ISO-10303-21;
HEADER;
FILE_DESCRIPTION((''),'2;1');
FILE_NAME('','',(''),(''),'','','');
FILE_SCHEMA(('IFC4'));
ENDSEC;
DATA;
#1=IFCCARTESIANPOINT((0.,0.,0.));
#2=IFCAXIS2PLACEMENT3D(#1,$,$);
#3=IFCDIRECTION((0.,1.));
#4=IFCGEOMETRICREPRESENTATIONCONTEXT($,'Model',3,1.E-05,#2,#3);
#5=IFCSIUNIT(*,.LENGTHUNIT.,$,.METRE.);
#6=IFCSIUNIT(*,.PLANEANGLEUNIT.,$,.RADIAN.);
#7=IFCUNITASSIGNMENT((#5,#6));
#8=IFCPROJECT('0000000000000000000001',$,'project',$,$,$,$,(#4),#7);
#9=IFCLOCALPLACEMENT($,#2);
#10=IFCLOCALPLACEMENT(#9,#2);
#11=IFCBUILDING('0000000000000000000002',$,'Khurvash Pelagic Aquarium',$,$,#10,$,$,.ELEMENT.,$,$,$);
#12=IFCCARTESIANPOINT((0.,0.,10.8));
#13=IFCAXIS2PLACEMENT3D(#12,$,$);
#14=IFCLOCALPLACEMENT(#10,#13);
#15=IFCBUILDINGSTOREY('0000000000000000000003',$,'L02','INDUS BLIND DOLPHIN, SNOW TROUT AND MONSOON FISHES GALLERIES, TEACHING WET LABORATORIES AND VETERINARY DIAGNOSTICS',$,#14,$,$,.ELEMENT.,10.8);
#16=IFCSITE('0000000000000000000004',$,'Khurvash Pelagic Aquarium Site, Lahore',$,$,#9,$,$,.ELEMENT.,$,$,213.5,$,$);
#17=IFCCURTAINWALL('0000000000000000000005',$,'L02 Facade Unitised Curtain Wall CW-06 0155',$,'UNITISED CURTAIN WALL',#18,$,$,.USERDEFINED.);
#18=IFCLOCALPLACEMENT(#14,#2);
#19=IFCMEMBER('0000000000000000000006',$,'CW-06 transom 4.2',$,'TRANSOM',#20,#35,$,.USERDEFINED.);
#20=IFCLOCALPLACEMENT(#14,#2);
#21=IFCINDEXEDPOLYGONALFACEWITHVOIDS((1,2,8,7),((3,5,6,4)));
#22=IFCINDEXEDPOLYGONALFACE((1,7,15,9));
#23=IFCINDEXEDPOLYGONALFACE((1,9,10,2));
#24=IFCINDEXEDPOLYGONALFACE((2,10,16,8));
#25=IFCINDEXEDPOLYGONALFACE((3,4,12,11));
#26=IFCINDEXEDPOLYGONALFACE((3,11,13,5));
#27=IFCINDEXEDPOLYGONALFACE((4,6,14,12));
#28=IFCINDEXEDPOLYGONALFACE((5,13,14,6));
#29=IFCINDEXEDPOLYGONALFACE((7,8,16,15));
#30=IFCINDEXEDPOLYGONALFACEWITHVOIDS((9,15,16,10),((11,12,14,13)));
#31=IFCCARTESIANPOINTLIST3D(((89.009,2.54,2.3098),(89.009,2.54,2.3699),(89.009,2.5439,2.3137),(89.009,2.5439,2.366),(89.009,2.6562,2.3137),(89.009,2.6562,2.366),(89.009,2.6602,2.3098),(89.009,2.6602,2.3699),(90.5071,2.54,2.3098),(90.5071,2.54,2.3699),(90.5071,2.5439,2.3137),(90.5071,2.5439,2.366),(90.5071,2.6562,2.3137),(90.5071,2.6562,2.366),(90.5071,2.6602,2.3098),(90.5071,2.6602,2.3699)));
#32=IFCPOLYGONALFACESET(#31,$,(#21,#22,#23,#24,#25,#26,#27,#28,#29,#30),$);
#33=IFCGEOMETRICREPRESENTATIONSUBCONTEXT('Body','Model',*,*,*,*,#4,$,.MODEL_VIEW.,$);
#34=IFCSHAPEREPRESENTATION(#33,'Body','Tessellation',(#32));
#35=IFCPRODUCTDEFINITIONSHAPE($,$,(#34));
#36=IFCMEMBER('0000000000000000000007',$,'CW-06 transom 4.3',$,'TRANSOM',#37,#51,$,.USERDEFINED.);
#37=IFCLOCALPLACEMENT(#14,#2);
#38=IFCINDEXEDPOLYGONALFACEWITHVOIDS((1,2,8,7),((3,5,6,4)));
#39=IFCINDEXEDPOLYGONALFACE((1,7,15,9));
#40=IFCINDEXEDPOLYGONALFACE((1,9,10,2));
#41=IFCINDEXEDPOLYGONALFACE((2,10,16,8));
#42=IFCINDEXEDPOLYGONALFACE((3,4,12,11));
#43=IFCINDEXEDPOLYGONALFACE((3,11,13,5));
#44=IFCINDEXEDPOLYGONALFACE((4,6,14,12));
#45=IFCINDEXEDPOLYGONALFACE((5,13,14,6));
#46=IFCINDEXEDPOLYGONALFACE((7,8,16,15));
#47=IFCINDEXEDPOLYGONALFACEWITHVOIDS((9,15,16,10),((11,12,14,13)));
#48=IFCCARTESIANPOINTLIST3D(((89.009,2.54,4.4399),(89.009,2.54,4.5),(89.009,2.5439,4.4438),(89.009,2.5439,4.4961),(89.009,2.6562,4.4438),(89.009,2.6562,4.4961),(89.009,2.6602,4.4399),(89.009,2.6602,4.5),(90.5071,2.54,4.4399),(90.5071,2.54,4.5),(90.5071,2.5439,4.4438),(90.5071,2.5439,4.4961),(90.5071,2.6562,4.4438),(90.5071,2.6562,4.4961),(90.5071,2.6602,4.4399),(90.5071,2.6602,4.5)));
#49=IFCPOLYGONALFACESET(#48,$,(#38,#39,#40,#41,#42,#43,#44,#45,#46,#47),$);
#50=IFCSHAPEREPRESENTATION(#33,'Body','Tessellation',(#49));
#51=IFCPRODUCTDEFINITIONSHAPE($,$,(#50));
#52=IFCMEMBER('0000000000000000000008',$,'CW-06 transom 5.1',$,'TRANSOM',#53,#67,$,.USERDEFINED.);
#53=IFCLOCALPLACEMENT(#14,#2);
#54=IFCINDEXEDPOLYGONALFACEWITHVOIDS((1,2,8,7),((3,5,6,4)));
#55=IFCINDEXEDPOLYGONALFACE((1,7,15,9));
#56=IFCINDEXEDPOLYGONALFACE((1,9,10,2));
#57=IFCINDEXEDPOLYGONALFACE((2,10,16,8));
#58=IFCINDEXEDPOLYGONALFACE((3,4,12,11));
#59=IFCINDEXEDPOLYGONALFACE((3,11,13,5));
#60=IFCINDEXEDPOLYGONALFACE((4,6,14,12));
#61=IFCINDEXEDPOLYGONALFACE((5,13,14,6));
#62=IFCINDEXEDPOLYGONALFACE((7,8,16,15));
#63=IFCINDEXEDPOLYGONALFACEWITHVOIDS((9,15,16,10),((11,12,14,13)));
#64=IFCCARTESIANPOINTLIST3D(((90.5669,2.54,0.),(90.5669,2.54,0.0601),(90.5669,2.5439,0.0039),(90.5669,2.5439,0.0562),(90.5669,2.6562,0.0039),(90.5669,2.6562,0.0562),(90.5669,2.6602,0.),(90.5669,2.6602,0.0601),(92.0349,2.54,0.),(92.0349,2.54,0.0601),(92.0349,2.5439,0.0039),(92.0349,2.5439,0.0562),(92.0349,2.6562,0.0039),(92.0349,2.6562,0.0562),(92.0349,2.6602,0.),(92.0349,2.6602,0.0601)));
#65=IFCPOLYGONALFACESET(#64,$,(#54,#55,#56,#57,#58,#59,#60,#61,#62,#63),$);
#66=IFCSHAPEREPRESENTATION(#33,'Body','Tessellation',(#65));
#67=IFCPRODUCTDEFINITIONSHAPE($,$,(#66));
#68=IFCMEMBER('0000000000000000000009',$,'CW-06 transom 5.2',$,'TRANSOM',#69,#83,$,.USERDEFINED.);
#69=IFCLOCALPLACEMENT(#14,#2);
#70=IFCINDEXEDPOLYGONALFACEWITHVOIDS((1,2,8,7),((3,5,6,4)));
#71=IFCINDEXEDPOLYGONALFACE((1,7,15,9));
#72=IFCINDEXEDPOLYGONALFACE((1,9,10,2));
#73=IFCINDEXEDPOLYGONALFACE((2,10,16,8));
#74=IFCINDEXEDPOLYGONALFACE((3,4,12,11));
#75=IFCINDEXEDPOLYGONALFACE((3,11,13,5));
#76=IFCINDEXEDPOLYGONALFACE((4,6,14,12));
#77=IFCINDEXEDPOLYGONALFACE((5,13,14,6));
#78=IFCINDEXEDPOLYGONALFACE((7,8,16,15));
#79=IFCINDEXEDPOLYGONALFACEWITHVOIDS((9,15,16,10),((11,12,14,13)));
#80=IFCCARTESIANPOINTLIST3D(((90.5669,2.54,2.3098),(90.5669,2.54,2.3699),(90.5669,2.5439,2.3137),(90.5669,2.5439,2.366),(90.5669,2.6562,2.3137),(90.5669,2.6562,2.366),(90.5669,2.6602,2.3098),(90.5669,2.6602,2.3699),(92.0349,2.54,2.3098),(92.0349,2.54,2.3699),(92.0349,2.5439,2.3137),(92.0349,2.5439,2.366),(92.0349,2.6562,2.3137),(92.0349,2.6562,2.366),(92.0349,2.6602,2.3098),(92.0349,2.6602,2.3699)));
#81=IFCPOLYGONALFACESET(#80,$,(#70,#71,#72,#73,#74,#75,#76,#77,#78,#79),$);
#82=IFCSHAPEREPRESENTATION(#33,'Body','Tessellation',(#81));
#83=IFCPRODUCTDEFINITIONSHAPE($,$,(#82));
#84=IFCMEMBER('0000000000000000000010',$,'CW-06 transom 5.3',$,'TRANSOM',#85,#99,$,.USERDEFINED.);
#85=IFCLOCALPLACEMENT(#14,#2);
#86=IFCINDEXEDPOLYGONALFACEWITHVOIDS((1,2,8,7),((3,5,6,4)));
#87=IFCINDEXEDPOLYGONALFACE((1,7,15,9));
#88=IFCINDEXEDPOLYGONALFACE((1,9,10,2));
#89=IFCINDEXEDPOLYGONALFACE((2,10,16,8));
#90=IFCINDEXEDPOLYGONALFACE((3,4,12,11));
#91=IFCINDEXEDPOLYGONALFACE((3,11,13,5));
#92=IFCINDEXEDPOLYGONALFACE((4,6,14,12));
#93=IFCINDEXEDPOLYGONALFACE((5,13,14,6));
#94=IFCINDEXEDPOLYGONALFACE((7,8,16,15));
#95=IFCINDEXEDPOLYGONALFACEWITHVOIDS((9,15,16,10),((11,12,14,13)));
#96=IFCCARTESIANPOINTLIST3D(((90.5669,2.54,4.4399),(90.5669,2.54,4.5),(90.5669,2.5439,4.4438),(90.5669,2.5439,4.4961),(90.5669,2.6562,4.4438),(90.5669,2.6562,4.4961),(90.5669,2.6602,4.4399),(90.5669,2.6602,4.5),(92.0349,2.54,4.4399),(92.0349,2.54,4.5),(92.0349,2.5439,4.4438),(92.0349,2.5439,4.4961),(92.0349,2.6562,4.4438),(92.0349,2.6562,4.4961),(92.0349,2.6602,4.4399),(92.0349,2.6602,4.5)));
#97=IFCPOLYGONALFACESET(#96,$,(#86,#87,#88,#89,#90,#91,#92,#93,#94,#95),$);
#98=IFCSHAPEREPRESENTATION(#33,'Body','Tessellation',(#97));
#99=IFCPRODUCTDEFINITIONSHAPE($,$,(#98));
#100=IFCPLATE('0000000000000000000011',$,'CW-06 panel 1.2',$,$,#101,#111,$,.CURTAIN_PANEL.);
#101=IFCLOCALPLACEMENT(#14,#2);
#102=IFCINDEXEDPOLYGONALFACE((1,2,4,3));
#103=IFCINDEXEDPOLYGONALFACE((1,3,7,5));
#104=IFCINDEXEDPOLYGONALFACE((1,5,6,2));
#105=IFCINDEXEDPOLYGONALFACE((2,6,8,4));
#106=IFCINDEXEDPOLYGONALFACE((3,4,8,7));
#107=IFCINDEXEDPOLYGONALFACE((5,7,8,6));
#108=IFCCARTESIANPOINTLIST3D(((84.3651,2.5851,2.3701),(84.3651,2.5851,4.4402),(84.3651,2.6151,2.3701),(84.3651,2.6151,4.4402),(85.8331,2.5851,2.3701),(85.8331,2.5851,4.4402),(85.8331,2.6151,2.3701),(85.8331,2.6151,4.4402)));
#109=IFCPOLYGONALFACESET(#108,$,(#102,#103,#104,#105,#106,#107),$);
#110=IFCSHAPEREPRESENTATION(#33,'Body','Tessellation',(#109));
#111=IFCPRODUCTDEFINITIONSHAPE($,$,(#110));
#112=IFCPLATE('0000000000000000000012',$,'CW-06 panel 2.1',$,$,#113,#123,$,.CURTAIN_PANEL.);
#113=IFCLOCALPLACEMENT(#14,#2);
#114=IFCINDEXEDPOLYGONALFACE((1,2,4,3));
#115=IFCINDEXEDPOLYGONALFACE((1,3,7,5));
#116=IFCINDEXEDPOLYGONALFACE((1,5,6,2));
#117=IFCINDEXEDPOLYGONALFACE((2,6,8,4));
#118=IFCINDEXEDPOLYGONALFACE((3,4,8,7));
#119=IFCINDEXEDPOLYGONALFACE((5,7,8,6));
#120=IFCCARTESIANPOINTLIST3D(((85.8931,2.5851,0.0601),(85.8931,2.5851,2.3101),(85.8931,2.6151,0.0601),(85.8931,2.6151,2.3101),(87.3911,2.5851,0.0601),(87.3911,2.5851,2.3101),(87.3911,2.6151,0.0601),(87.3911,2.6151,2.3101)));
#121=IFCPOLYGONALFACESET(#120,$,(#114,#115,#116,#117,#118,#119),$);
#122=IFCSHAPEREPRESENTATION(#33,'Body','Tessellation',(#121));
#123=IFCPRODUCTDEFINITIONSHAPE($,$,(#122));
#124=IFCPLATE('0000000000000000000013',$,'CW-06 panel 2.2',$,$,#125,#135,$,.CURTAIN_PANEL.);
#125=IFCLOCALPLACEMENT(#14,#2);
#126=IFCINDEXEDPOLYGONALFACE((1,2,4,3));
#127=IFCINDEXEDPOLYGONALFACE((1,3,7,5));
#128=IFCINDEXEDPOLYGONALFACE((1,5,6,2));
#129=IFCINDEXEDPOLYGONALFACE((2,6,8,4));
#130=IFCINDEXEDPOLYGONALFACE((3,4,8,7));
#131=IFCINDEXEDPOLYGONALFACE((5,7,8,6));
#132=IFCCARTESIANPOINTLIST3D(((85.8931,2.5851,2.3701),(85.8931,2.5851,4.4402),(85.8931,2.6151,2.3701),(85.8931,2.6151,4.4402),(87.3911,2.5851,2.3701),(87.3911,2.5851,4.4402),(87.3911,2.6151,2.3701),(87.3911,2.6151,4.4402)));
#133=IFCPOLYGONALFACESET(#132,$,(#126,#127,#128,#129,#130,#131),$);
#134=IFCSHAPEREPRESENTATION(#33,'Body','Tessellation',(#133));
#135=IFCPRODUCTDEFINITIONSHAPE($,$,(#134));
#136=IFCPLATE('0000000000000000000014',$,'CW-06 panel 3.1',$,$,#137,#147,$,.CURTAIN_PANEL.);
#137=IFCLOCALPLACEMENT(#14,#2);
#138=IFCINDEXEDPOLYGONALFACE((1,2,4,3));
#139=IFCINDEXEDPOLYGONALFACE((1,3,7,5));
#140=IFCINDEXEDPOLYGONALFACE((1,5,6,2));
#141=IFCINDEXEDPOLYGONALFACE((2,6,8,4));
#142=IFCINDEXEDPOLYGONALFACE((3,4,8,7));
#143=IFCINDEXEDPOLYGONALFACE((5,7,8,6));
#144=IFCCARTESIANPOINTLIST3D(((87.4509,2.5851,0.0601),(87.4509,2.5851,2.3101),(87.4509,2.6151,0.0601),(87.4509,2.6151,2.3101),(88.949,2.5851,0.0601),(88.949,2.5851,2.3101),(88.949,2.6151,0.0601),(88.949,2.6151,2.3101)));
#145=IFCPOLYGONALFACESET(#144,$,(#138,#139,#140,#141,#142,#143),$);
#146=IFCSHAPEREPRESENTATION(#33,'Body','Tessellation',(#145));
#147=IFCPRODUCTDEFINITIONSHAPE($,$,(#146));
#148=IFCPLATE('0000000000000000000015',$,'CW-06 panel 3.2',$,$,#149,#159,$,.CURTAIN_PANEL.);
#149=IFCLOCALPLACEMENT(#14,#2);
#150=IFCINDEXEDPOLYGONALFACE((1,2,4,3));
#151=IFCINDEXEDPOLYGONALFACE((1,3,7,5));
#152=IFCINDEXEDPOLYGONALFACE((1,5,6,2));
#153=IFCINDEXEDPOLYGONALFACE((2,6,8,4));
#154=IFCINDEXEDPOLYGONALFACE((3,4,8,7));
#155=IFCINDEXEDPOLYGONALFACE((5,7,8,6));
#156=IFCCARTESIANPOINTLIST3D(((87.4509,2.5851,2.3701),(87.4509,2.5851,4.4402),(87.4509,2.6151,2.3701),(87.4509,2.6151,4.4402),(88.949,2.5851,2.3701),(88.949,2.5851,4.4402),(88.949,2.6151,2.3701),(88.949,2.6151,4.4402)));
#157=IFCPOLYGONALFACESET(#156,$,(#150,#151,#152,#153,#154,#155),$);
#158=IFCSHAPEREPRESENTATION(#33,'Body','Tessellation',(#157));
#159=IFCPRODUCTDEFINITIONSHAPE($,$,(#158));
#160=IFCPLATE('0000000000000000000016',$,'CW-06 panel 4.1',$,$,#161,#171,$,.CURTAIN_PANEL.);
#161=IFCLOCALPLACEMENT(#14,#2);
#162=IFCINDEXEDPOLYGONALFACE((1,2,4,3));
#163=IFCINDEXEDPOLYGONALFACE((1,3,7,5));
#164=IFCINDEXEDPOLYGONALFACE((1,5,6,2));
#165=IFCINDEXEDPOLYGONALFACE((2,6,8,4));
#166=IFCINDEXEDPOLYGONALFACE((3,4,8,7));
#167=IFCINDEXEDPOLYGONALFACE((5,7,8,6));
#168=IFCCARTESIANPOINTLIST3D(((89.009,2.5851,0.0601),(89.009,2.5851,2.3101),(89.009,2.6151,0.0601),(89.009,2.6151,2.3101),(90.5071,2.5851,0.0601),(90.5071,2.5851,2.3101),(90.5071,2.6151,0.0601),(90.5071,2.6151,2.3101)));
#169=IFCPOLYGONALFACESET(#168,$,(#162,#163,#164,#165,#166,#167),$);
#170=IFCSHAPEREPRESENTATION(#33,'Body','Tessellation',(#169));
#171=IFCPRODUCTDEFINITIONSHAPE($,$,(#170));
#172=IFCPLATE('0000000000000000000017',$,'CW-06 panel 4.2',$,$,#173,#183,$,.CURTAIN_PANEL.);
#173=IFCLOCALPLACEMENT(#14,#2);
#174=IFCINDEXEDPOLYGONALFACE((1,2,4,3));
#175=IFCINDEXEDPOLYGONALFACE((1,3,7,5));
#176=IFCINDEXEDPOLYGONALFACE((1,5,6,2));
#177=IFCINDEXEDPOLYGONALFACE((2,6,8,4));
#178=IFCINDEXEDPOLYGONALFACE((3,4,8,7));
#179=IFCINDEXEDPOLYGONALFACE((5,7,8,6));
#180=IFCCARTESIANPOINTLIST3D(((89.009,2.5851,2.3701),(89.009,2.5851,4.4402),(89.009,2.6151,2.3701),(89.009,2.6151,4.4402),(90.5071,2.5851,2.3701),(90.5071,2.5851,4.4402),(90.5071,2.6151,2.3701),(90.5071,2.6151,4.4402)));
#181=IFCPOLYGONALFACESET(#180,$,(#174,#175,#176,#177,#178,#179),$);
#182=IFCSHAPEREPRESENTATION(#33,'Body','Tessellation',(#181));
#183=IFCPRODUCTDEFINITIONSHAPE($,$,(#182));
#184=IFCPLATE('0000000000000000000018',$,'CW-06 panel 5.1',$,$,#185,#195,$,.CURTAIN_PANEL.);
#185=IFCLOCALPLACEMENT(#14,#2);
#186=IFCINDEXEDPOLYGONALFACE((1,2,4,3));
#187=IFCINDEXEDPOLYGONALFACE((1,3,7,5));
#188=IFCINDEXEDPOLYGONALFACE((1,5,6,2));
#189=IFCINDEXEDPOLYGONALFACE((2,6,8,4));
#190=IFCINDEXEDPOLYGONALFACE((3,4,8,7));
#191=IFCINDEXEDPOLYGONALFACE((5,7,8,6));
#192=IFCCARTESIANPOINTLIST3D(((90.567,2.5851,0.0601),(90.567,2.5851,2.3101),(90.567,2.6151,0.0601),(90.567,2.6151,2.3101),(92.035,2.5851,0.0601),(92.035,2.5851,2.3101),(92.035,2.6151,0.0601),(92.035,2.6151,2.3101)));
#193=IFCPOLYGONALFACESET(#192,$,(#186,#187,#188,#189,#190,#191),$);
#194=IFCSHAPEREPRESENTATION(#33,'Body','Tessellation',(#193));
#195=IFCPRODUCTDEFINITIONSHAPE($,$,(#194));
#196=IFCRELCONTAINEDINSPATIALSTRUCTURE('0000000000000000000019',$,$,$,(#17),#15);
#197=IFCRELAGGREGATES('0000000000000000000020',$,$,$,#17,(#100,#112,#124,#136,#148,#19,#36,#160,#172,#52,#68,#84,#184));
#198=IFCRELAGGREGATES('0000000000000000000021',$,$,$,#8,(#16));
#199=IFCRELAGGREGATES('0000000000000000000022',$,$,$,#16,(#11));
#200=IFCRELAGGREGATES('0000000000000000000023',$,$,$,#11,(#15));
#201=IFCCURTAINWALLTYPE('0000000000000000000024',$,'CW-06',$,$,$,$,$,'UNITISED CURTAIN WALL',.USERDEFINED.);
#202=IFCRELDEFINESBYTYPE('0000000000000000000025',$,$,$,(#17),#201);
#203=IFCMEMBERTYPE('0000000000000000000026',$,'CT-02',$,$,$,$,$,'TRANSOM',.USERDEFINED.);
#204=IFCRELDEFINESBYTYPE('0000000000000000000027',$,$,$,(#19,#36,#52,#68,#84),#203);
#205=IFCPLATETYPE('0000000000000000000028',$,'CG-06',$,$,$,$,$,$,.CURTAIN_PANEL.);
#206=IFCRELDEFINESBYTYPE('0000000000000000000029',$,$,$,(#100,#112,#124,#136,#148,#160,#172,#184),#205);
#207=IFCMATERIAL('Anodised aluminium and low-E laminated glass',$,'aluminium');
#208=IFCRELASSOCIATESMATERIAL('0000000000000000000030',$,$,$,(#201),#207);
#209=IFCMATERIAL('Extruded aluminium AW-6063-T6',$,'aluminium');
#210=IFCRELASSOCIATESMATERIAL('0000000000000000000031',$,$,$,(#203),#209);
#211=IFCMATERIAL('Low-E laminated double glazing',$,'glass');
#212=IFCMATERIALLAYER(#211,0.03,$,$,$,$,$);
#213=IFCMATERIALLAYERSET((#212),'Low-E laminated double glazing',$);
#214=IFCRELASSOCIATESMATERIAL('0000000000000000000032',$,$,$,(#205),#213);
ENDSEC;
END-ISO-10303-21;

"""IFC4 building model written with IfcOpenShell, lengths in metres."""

from ifc_helpers import new_model, si_unit, direction, frame, origin, origin_2d, place, context, subcontext, project, spatial, rectangle, hollow_rectangle, extrude, material, layer, layer_set, material_profile, profile_set, type_object, element, aggregate, save


model = new_model("IFC4")

# Units and contexts
model_context = context("Model", 3, precision=1e-05, world=origin(), true_north=direction((0.0, 1.0)))
body_context = subcontext(model_context, "Body", "Model", "MODEL_VIEW")
ifc_project = project(units=[si_unit("LENGTHUNIT", "METRE"), si_unit("PLANEANGLEUNIT", "RADIAN")], contexts=[model_context])

# Site, building, storey
site_placement = place(None, origin())
site = spatial("IfcSite", under=ifc_project, at=site_placement, Name="Khurvash Pelagic Aquarium Site, Lahore", CompositionType="ELEMENT", RefElevation=213.5)
building_placement = place(site_placement, origin())
building = spatial("IfcBuilding", under=site, at=building_placement, Name="Khurvash Pelagic Aquarium", CompositionType="ELEMENT")
storey_placement = place(building_placement, frame((0.0, 0.0, 10.8)))
storey = spatial("IfcBuildingStorey", under=building, at=storey_placement, Name="L02", Description="INDUS BLIND DOLPHIN, SNOW TROUT AND MONSOON FISHES GALLERIES, TEACHING WET LABORATORIES AND VETERINARY DIAGNOSTICS", CompositionType="ELEMENT", Elevation=10.8)

# Curtain wall, members, plates
ifc_material_1 = material(Name="Anodised aluminium and low-E laminated glass", Category="aluminium")
curtain_wall_type = type_object("IfcCurtainWallType", Name="CW-06", ElementType="UNITISED CURTAIN WALL", PredefinedType="USERDEFINED", material=ifc_material_1)
curtain_wall_placement = place(storey_placement, origin())
curtain_wall = element("IfcCurtainWall", 1, at=curtain_wall_placement, inside=storey, type_object=curtain_wall_type, Name="L02 Facade Unitised Curtain Wall CW-06 0155", ObjectType="UNITISED CURTAIN WALL", PredefinedType="USERDEFINED")
ifc_material_2 = material(Name="Extruded aluminium AW-6063-T6", Category="aluminium")
ifc_material_profile_1 = material_profile(ifc_material_2, hollow_rectangle(XDim=0.1201, YDim=0.0601, WallThickness=0.0039, at=origin_2d()), Name="CWT120X60X4")
ifc_profile_set_1 = profile_set([ifc_material_profile_1], Name="Extruded aluminium AW-6063-T6")
member_type_1 = type_object("IfcMemberType", Name="CT-02", ElementType="TRANSOM", PredefinedType="USERDEFINED", material=ifc_profile_set_1)
member_1_placement = place(storey_placement, frame((89.009, 2.6001, 2.3398), z_axis=(1.0, 0.0, 0.0), x_axis=(0.0, 1.0, 0.0)))
member_1 = element("IfcMember", 2, at=member_1_placement, type_object=member_type_1, Name="CW-06 transom 4.2", ObjectType="TRANSOM", PredefinedType="USERDEFINED", context=body_context, shape_type="SweptSolid", body=[
    extrude(hollow_rectangle(XDim=0.1201, YDim=0.0601, WallThickness=0.0039, at=origin_2d()), origin(), (0.0, 0.0, 1.0), 1.498),
])
member_2_placement = place(storey_placement, frame((89.009, 2.6001, 4.47), z_axis=(1.0, 0.0, 0.0), x_axis=(0.0, 1.0, 0.0)))
member_2 = element("IfcMember", 3, at=member_2_placement, type_object=member_type_1, Name="CW-06 transom 4.3", ObjectType="TRANSOM", PredefinedType="USERDEFINED", context=body_context, shape_type="SweptSolid", body=[
    extrude(hollow_rectangle(XDim=0.1201, YDim=0.0601, WallThickness=0.0039, at=origin_2d()), origin(), (0.0, 0.0, 1.0), 1.498),
])
member_3_placement = place(storey_placement, frame((90.5669, 2.6001, 0.03), z_axis=(1.0, 0.0, 0.0), x_axis=(0.0, 1.0, 0.0)))
member_3 = element("IfcMember", 4, at=member_3_placement, type_object=member_type_1, Name="CW-06 transom 5.1", ObjectType="TRANSOM", PredefinedType="USERDEFINED", context=body_context, shape_type="SweptSolid", body=[
    extrude(hollow_rectangle(XDim=0.1201, YDim=0.0601, WallThickness=0.0039, at=origin_2d()), origin(), (0.0, 0.0, 1.0), 1.468),
])
member_4_placement = place(storey_placement, frame((90.5669, 2.6001, 2.3398), z_axis=(1.0, 0.0, 0.0), x_axis=(0.0, 1.0, 0.0)))
member_4 = element("IfcMember", 5, at=member_4_placement, type_object=member_type_1, Name="CW-06 transom 5.2", ObjectType="TRANSOM", PredefinedType="USERDEFINED", context=body_context, shape_type="SweptSolid", body=[
    extrude(hollow_rectangle(XDim=0.1201, YDim=0.0601, WallThickness=0.0039, at=origin_2d()), origin(), (0.0, 0.0, 1.0), 1.468),
])
member_5_placement = place(storey_placement, frame((90.5669, 2.6001, 4.47), z_axis=(1.0, 0.0, 0.0), x_axis=(0.0, 1.0, 0.0)))
member_5 = element("IfcMember", 6, at=member_5_placement, type_object=member_type_1, Name="CW-06 transom 5.3", ObjectType="TRANSOM", PredefinedType="USERDEFINED", context=body_context, shape_type="SweptSolid", body=[
    extrude(hollow_rectangle(XDim=0.1201, YDim=0.0601, WallThickness=0.0039, at=origin_2d()), origin(), (0.0, 0.0, 1.0), 1.468),
])
ifc_material_3 = material(Name="Low-E laminated double glazing", Category="glass")
ifc_layer = layer(ifc_material_3, 0.03)
ifc_layer_set = layer_set([ifc_layer], Name="Low-E laminated double glazing")
plate_type = type_object("IfcPlateType", Name="CG-06", PredefinedType="CURTAIN_PANEL", material=ifc_layer_set)
plate_1_placement = place(storey_placement, frame((85.0991, 2.6001, 2.3701), z_axis=(0.0, 0.0, 1.0), x_axis=(1.0, 0.0, 0.0)))
plate_1 = element("IfcPlate", 7, at=plate_1_placement, type_object=plate_type, Name="CW-06 panel 1.2", PredefinedType="CURTAIN_PANEL", context=body_context, shape_type="SweptSolid", body=[
    extrude(rectangle(XDim=1.468, YDim=0.03, at=origin_2d()), origin(), (0.0, 0.0, 1.0), 2.0701),
])
plate_2_placement = place(storey_placement, frame((86.6421, 2.6001, 0.0601), z_axis=(0.0, 0.0, 1.0), x_axis=(1.0, 0.0, 0.0)))
plate_2 = element("IfcPlate", 8, at=plate_2_placement, type_object=plate_type, Name="CW-06 panel 2.1", PredefinedType="CURTAIN_PANEL", context=body_context, shape_type="SweptSolid", body=[
    extrude(rectangle(XDim=1.498, YDim=0.03, at=origin_2d()), origin(), (0.0, 0.0, 1.0), 2.25),
])
plate_3_placement = place(storey_placement, frame((86.6421, 2.6001, 2.3701), z_axis=(0.0, 0.0, 1.0), x_axis=(1.0, 0.0, 0.0)))
plate_3 = element("IfcPlate", 9, at=plate_3_placement, type_object=plate_type, Name="CW-06 panel 2.2", PredefinedType="CURTAIN_PANEL", context=body_context, shape_type="SweptSolid", body=[
    extrude(rectangle(XDim=1.498, YDim=0.03, at=origin_2d()), origin(), (0.0, 0.0, 1.0), 2.0701),
])
plate_4_placement = place(storey_placement, frame((88.2, 2.6001, 0.0601), z_axis=(0.0, 0.0, 1.0), x_axis=(1.0, 0.0, 0.0)))
plate_4 = element("IfcPlate", 10, at=plate_4_placement, type_object=plate_type, Name="CW-06 panel 3.1", PredefinedType="CURTAIN_PANEL", context=body_context, shape_type="SweptSolid", body=[
    extrude(rectangle(XDim=1.498, YDim=0.03, at=origin_2d()), origin(), (0.0, 0.0, 1.0), 2.25),
])
plate_5_placement = place(storey_placement, frame((88.2, 2.6001, 2.3701), z_axis=(0.0, 0.0, 1.0), x_axis=(1.0, 0.0, 0.0)))
plate_5 = element("IfcPlate", 11, at=plate_5_placement, type_object=plate_type, Name="CW-06 panel 3.2", PredefinedType="CURTAIN_PANEL", context=body_context, shape_type="SweptSolid", body=[
    extrude(rectangle(XDim=1.498, YDim=0.03, at=origin_2d()), origin(), (0.0, 0.0, 1.0), 2.0701),
])
plate_6_placement = place(storey_placement, frame((89.7581, 2.6001, 0.0601), z_axis=(0.0, 0.0, 1.0), x_axis=(1.0, 0.0, 0.0)))
plate_6 = element("IfcPlate", 12, at=plate_6_placement, type_object=plate_type, Name="CW-06 panel 4.1", PredefinedType="CURTAIN_PANEL", context=body_context, shape_type="SweptSolid", body=[
    extrude(rectangle(XDim=1.498, YDim=0.03, at=origin_2d()), origin(), (0.0, 0.0, 1.0), 2.25),
])
plate_7_placement = place(storey_placement, frame((89.7581, 2.6001, 2.3701), z_axis=(0.0, 0.0, 1.0), x_axis=(1.0, 0.0, 0.0)))
plate_7 = element("IfcPlate", 13, at=plate_7_placement, type_object=plate_type, Name="CW-06 panel 4.2", PredefinedType="CURTAIN_PANEL", context=body_context, shape_type="SweptSolid", body=[
    extrude(rectangle(XDim=1.498, YDim=0.03, at=origin_2d()), origin(), (0.0, 0.0, 1.0), 2.0701),
])
plate_8_placement = place(storey_placement, frame((91.301, 2.6001, 0.0601), z_axis=(0.0, 0.0, 1.0), x_axis=(1.0, 0.0, 0.0)))
plate_8 = element("IfcPlate", 14, at=plate_8_placement, type_object=plate_type, Name="CW-06 panel 5.1", PredefinedType="CURTAIN_PANEL", context=body_context, shape_type="SweptSolid", body=[
    extrude(rectangle(XDim=1.468, YDim=0.03, at=origin_2d()), origin(), (0.0, 0.0, 1.0), 2.25),
])
aggregate(curtain_wall, [plate_1, plate_2, plate_3, plate_4, plate_5, member_1, member_2, plate_6, plate_7, member_3, member_4, member_5, plate_8])

save(model, "model.ifc")
